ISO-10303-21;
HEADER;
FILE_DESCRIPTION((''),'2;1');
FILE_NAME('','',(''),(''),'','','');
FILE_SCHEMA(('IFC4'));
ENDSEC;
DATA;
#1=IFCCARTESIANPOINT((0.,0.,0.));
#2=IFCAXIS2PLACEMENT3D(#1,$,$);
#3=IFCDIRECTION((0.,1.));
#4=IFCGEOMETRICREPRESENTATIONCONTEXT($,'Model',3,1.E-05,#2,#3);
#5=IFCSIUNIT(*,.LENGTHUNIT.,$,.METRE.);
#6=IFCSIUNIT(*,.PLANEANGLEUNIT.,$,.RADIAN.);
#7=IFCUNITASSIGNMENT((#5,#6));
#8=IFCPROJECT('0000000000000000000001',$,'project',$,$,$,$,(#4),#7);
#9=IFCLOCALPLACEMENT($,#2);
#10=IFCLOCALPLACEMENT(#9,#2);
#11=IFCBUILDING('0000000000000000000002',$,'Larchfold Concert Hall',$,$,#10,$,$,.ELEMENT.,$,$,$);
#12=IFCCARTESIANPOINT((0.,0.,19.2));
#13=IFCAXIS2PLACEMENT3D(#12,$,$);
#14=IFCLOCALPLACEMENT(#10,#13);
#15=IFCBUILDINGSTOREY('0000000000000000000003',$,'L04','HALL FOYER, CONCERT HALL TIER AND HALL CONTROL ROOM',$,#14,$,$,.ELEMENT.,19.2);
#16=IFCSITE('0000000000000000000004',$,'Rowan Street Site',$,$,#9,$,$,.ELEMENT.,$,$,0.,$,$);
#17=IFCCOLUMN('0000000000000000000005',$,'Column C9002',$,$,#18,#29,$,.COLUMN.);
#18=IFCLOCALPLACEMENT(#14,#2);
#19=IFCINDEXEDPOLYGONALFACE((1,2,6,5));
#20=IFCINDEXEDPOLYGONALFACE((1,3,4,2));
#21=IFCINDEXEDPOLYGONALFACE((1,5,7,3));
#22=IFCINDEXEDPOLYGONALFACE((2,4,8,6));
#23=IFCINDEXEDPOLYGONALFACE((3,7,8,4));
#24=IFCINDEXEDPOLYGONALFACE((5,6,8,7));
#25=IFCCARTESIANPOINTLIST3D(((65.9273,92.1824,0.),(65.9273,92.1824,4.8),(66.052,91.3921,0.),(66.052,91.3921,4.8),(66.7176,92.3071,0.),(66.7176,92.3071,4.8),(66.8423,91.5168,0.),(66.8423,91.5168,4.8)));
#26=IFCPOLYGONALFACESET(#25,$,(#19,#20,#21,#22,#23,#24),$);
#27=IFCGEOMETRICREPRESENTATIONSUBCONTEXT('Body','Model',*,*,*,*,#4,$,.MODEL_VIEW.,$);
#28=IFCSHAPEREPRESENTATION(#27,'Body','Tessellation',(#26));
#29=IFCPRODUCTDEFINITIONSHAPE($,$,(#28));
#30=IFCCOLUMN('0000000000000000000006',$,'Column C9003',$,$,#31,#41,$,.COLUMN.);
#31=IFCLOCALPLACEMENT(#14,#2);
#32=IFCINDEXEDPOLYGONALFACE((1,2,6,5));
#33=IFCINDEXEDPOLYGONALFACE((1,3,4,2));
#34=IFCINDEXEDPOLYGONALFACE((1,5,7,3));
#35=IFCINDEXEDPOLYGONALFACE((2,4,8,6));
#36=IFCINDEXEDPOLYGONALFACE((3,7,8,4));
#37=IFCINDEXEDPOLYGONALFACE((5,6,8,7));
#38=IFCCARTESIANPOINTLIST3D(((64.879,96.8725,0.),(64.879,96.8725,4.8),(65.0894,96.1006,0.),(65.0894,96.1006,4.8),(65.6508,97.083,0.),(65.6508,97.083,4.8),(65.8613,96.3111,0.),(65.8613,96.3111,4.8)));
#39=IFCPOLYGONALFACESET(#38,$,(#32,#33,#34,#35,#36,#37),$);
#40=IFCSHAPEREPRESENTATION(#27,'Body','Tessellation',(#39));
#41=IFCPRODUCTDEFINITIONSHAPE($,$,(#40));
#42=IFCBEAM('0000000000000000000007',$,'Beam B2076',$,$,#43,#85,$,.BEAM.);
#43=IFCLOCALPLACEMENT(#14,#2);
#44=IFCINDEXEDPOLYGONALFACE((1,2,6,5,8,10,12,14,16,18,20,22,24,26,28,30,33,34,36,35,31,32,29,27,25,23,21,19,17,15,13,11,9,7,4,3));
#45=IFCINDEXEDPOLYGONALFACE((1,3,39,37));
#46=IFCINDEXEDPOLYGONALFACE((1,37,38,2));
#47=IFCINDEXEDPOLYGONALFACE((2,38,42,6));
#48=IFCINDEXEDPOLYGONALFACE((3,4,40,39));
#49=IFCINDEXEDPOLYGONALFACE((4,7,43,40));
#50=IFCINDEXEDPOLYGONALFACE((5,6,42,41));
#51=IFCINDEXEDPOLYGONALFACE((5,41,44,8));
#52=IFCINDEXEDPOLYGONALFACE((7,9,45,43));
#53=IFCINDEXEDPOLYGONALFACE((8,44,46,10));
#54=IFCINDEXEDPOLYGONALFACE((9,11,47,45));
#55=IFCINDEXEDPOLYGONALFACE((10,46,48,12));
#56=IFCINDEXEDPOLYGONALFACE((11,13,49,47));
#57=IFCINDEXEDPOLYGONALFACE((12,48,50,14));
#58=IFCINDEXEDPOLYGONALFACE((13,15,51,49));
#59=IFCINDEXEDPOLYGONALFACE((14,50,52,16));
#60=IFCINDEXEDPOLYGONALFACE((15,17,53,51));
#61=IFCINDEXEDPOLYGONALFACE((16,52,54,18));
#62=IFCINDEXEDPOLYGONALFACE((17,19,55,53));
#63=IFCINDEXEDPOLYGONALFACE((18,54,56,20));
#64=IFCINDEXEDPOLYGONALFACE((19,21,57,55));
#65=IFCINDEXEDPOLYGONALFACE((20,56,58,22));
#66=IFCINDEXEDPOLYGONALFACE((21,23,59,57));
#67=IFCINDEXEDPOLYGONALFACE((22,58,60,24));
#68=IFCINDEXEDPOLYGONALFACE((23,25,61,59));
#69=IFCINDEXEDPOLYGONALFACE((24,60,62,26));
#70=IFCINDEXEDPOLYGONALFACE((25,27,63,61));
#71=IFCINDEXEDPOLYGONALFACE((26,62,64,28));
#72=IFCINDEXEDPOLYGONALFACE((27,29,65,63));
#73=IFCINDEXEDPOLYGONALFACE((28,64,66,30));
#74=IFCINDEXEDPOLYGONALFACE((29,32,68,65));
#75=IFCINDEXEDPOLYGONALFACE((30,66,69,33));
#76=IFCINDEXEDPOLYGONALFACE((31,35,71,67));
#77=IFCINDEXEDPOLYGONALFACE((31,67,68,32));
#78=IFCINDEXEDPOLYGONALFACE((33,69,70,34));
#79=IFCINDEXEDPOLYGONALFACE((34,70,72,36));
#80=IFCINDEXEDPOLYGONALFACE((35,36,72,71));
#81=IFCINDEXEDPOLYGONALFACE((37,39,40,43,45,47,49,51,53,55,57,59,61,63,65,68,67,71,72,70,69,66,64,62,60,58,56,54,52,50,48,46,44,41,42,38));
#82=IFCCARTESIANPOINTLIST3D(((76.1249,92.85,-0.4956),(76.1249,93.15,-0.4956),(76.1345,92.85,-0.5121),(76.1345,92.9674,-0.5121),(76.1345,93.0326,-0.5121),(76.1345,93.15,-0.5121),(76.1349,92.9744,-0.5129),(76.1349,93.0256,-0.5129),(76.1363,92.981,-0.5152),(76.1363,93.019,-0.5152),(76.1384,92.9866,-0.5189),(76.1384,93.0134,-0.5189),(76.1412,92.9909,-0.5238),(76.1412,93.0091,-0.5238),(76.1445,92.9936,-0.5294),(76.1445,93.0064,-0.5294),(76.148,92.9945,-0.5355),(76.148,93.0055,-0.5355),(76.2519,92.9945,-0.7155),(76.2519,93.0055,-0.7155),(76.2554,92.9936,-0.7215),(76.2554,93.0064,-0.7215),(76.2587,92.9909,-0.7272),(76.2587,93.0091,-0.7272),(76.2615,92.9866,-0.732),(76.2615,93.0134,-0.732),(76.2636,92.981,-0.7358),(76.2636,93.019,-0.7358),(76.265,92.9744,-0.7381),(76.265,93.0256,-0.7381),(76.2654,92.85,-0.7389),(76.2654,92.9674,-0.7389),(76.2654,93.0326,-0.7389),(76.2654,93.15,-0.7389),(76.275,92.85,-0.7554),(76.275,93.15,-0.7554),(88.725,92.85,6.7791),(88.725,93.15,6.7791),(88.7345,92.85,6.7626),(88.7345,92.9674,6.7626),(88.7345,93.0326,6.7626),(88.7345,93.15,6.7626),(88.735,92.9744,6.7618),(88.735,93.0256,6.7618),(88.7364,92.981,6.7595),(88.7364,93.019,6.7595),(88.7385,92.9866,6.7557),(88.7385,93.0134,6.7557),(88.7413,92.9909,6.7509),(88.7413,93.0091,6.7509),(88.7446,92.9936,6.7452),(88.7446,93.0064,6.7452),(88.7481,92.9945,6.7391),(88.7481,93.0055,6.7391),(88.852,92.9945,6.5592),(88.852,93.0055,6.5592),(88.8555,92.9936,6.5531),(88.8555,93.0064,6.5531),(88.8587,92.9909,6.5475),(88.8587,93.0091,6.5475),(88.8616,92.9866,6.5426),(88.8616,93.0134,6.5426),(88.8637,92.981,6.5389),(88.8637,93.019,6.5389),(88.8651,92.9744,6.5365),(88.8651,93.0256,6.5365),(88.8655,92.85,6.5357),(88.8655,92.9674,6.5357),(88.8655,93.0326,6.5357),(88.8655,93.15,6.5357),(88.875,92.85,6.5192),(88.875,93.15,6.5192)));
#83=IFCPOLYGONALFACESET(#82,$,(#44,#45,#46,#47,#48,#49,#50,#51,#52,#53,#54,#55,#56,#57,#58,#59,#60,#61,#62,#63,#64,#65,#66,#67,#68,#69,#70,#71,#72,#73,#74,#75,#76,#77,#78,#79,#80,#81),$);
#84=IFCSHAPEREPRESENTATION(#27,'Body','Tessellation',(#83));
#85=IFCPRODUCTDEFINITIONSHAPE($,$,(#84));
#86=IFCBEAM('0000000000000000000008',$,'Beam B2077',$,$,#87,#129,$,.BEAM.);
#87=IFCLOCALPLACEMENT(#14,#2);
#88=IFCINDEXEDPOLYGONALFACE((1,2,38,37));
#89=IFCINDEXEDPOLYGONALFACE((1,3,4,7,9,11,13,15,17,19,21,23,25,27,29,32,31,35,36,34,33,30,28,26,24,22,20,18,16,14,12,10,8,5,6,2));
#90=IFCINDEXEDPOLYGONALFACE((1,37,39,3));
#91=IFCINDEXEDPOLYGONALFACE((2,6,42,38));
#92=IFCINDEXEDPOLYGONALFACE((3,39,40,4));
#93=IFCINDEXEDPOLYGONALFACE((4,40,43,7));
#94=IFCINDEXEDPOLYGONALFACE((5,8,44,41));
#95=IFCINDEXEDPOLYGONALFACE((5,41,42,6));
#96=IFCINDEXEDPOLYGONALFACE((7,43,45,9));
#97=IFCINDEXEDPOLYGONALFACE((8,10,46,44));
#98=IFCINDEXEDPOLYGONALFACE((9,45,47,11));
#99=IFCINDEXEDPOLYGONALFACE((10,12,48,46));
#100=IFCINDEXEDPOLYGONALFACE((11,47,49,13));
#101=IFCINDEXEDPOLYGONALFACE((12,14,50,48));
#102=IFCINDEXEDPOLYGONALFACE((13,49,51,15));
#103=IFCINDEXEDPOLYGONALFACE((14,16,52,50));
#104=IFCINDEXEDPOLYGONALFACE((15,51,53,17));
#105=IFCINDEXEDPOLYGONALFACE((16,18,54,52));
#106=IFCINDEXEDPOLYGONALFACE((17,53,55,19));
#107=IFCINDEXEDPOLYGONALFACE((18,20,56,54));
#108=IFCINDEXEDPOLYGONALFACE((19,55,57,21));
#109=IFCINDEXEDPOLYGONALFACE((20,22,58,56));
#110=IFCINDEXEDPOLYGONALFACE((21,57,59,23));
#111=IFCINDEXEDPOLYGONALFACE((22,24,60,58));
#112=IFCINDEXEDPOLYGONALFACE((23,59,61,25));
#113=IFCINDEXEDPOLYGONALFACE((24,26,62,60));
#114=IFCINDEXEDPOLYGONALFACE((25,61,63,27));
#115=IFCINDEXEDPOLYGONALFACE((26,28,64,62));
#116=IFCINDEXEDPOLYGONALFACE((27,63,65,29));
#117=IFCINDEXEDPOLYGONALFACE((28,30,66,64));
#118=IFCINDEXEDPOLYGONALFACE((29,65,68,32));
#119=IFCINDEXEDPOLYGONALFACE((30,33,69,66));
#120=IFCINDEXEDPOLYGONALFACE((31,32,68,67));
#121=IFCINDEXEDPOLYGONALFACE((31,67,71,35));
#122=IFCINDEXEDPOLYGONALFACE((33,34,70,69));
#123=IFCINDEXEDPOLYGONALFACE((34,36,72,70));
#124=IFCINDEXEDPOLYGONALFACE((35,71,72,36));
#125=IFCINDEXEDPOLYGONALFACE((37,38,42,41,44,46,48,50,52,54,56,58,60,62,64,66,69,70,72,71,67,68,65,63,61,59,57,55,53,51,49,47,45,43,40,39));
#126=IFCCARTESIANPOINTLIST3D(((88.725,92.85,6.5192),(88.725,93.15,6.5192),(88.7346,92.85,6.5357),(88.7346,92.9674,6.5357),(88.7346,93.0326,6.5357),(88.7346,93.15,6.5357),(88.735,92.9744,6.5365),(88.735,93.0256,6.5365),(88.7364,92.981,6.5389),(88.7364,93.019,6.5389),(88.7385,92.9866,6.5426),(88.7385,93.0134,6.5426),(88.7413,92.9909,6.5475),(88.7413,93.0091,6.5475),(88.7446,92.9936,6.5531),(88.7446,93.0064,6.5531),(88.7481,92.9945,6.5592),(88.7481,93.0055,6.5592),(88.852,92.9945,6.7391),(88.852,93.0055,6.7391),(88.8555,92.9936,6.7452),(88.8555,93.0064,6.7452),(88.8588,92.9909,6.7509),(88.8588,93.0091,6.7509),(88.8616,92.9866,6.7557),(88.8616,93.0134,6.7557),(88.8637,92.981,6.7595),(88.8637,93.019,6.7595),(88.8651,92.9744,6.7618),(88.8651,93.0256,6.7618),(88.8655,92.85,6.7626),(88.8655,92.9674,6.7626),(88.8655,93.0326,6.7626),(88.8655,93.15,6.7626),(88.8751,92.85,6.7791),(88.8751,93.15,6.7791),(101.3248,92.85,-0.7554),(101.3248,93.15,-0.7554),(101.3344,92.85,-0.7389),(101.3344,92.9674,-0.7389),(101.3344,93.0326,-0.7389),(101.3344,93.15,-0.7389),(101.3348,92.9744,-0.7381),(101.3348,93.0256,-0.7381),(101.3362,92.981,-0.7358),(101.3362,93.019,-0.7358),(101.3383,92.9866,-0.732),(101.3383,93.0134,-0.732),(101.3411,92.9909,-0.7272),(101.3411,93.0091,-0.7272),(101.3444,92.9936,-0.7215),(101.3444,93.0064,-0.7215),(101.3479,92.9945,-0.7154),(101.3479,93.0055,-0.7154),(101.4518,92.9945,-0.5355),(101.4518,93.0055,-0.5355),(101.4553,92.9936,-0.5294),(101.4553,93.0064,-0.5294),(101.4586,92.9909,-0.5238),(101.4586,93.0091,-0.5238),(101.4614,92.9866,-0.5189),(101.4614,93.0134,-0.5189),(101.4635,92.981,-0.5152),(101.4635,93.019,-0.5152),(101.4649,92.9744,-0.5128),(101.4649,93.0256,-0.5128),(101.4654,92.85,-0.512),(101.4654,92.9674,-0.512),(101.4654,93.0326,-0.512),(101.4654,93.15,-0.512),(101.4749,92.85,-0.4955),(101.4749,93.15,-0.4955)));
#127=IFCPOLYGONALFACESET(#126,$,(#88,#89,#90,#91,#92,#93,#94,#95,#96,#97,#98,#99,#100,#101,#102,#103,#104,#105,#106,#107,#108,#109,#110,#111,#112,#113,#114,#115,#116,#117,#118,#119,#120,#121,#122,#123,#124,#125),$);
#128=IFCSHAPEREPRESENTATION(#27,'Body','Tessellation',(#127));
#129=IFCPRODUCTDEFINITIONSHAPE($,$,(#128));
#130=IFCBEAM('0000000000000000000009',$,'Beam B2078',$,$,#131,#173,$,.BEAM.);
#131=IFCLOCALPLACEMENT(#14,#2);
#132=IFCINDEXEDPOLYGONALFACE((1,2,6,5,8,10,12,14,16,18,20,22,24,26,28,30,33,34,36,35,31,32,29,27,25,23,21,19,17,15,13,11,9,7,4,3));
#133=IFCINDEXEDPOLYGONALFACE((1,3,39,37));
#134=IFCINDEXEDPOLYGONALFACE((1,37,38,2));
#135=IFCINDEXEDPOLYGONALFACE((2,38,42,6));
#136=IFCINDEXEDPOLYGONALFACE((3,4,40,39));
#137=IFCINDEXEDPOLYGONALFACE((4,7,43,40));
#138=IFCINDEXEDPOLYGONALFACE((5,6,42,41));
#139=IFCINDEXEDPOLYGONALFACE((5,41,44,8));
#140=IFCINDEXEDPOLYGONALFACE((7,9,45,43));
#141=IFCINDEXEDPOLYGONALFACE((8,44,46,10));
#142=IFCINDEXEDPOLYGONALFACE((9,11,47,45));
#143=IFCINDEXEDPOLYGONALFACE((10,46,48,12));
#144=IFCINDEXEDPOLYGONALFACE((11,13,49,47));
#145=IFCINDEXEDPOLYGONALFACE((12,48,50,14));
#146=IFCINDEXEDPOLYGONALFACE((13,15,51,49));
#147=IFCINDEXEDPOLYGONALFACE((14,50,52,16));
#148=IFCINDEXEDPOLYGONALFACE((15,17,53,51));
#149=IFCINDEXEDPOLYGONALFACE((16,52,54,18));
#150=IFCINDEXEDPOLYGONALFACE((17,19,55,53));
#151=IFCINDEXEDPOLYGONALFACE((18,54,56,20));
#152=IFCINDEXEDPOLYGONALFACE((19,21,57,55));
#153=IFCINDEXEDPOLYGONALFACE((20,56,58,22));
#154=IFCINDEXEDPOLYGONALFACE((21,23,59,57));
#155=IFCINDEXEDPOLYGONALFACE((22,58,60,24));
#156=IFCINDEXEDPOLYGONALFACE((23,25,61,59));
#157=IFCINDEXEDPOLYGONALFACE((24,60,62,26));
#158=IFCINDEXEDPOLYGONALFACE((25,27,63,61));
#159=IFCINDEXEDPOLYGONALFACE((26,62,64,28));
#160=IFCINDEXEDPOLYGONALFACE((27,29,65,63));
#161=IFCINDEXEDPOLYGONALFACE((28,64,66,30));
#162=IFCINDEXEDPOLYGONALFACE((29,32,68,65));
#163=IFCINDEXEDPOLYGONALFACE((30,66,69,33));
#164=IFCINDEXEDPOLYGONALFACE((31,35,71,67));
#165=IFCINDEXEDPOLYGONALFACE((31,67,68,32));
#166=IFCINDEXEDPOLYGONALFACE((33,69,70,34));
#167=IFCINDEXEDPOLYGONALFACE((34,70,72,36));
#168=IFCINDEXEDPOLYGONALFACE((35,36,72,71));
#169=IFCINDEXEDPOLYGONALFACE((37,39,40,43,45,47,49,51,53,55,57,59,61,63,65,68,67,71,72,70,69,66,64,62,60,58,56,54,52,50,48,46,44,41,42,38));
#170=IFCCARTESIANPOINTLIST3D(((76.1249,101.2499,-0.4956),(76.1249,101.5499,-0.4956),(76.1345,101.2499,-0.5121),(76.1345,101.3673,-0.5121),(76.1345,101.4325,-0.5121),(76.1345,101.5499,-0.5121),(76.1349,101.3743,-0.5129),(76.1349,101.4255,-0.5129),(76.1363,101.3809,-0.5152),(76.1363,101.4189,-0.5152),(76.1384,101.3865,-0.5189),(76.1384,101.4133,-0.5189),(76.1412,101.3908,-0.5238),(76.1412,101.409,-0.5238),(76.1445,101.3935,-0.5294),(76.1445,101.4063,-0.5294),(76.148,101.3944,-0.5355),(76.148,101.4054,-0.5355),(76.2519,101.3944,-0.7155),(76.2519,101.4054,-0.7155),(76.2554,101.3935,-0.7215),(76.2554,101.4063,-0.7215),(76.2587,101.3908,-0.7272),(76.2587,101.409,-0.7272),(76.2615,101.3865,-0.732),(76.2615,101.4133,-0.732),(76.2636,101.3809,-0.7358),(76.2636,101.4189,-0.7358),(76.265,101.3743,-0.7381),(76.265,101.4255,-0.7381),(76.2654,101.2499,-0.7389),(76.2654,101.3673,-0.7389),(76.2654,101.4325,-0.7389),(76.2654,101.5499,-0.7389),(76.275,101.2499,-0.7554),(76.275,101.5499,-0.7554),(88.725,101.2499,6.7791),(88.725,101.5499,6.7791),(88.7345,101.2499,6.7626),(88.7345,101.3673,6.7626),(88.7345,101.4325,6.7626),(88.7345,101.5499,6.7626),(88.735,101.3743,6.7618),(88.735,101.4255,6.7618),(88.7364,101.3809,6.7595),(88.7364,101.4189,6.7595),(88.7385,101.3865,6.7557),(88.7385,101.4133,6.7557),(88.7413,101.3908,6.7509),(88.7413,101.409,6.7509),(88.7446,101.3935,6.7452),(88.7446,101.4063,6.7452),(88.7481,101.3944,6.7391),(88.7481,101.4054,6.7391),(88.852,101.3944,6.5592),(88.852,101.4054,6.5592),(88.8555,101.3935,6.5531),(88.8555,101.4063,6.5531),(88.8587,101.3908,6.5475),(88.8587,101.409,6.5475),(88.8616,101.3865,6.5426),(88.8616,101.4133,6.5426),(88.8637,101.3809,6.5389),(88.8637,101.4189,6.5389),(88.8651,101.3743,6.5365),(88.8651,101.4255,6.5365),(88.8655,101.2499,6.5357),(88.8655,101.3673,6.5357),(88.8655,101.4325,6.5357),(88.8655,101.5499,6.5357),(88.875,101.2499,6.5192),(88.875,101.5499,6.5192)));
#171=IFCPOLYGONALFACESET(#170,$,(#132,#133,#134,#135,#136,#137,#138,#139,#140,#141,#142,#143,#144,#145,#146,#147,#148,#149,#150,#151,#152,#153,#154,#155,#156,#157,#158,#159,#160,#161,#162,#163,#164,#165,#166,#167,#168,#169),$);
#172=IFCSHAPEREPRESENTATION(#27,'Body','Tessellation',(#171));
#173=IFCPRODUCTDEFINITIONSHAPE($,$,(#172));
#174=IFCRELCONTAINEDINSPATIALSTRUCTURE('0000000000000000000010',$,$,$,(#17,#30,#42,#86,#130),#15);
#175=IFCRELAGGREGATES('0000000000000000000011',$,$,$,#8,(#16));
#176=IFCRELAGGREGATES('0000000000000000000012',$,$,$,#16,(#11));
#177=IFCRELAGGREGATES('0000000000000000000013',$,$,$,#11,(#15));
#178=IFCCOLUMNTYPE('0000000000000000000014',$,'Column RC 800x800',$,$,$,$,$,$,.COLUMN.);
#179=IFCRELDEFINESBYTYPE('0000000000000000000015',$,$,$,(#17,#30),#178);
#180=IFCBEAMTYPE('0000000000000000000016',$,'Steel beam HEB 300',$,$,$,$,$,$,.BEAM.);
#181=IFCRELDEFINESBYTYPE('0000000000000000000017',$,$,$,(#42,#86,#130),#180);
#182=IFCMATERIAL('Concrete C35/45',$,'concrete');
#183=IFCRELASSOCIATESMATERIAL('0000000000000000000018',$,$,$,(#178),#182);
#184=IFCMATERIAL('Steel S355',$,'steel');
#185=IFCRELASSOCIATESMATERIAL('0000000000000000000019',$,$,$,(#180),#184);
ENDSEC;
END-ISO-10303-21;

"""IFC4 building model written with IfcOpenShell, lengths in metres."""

from ifc_helpers import new_model, si_unit, direction, frame, origin, origin_2d, place, context, subcontext, project, spatial, rectangle, i_section, extrude, material, material_profile, profile_set, type_object, element, save


model = new_model("IFC4")

# Units and contexts
model_context = context("Model", 3, precision=1e-05, world=origin(), true_north=direction((0.0, 1.0)))
body_context = subcontext(model_context, "Body", "Model", "MODEL_VIEW")
ifc_project = project(units=[si_unit("LENGTHUNIT", "METRE"), si_unit("PLANEANGLEUNIT", "RADIAN")], contexts=[model_context])

# Site, building, storey
site_placement = place(None, origin())
site = spatial("IfcSite", under=ifc_project, at=site_placement, Name="Rowan Street Site", CompositionType="ELEMENT", RefElevation=0.0)
building_placement = place(site_placement, origin())
building = spatial("IfcBuilding", under=site, at=building_placement, Name="Larchfold Concert Hall", CompositionType="ELEMENT")
storey_placement = place(building_placement, frame((0.0, 0.0, 19.2)))
storey = spatial("IfcBuildingStorey", under=building, at=storey_placement, Name="L04", Description="HALL FOYER, CONCERT HALL TIER AND HALL CONTROL ROOM", CompositionType="ELEMENT", Elevation=19.2)

# Columns
ifc_material_1 = material(Name="Concrete C35/45", Category="concrete")
ifc_material_profile_1 = material_profile(ifc_material_1, rectangle(XDim=0.8, YDim=0.8, at=origin_2d()))
ifc_profile_set_1 = profile_set([ifc_material_profile_1], Name="Concrete C35/45")
column_type = type_object("IfcColumnType", Name="Column RC 800x800", PredefinedType="COLUMN", material=ifc_profile_set_1)
for number, where, z_axis, x_axis, name in (
    (1, (66.3848, 91.8496, 0.0), (0.0, 0.0, 1.0), (0.987778, 0.155867, 0.0), "Column C9002"),
    (2, (65.3701, 96.5918, 0.0), (0.0, 0.0, 1.0), (0.964788, 0.263028, 0.0), "Column C9003"),
):
    element("IfcColumn", number, at=place(storey_placement, frame(where, z_axis=z_axis, x_axis=x_axis)), inside=storey, type_object=column_type, Name=name, PredefinedType="COLUMN", context=body_context, shape_type="SweptSolid", body=[
        extrude(rectangle(XDim=0.8, YDim=0.8, at=origin_2d()), origin(), (0.0, 0.0, 1.0), 4.8),
    ])

# Beams
ifc_material_2 = material(Name="Steel S355", Category="steel")
ifc_material_profile_2 = material_profile(ifc_material_2, i_section(OverallWidth=0.3, OverallDepth=0.3, WebThickness=0.011, FlangeThickness=0.019, FilletRadius=0.0271, at=origin_2d()))
ifc_profile_set_2 = profile_set([ifc_material_profile_2], Name="Steel S355")
beam_type = type_object("IfcBeamType", Name="Steel beam HEB 300", PredefinedType="BEAM", material=ifc_profile_set_2)
beam_1_placement = place(storey_placement, frame((76.2, 93.0, -0.6255), z_axis=(0.866026, 0.0, 0.499999), x_axis=(0.0, 1.0, 0.0)))
element("IfcBeam", 3, at=beam_1_placement, inside=storey, type_object=beam_type, Name="Beam B2076", PredefinedType="BEAM", context=body_context, shape_type="SweptSolid", body=[
    extrude(i_section(OverallWidth=0.3, OverallDepth=0.3, WebThickness=0.011, FlangeThickness=0.019, FilletRadius=0.0271, at=origin_2d()), origin(), (0.0, 0.0, 1.0), 14.5493),
])
beam_2_placement = place(storey_placement, frame((88.8, 93.0, 6.6492), z_axis=(0.866022, 0.0, -0.500007), x_axis=(0.0, 1.0, 0.0)))
element("IfcBeam", 4, at=beam_2_placement, inside=storey, type_object=beam_type, Name="Beam B2077", PredefinedType="BEAM", context=body_context, shape_type="SweptSolid", body=[
    extrude(i_section(OverallWidth=0.3, OverallDepth=0.3, WebThickness=0.011, FlangeThickness=0.019, FilletRadius=0.0271, at=origin_2d()), origin(), (0.0, 0.0, 1.0), 14.5491),
])
beam_3_placement = place(storey_placement, frame((76.2, 101.3999, -0.6255), z_axis=(0.866026, 0.0, 0.499999), x_axis=(0.0, 1.0, 0.0)))
element("IfcBeam", 5, at=beam_3_placement, inside=storey, type_object=beam_type, Name="Beam B2078", PredefinedType="BEAM", context=body_context, shape_type="SweptSolid", body=[
    extrude(i_section(OverallWidth=0.3, OverallDepth=0.3, WebThickness=0.011, FlangeThickness=0.019, FilletRadius=0.0271, at=origin_2d()), origin(), (0.0, 0.0, 1.0), 14.5493),
])

save(model, "model.ifc")
